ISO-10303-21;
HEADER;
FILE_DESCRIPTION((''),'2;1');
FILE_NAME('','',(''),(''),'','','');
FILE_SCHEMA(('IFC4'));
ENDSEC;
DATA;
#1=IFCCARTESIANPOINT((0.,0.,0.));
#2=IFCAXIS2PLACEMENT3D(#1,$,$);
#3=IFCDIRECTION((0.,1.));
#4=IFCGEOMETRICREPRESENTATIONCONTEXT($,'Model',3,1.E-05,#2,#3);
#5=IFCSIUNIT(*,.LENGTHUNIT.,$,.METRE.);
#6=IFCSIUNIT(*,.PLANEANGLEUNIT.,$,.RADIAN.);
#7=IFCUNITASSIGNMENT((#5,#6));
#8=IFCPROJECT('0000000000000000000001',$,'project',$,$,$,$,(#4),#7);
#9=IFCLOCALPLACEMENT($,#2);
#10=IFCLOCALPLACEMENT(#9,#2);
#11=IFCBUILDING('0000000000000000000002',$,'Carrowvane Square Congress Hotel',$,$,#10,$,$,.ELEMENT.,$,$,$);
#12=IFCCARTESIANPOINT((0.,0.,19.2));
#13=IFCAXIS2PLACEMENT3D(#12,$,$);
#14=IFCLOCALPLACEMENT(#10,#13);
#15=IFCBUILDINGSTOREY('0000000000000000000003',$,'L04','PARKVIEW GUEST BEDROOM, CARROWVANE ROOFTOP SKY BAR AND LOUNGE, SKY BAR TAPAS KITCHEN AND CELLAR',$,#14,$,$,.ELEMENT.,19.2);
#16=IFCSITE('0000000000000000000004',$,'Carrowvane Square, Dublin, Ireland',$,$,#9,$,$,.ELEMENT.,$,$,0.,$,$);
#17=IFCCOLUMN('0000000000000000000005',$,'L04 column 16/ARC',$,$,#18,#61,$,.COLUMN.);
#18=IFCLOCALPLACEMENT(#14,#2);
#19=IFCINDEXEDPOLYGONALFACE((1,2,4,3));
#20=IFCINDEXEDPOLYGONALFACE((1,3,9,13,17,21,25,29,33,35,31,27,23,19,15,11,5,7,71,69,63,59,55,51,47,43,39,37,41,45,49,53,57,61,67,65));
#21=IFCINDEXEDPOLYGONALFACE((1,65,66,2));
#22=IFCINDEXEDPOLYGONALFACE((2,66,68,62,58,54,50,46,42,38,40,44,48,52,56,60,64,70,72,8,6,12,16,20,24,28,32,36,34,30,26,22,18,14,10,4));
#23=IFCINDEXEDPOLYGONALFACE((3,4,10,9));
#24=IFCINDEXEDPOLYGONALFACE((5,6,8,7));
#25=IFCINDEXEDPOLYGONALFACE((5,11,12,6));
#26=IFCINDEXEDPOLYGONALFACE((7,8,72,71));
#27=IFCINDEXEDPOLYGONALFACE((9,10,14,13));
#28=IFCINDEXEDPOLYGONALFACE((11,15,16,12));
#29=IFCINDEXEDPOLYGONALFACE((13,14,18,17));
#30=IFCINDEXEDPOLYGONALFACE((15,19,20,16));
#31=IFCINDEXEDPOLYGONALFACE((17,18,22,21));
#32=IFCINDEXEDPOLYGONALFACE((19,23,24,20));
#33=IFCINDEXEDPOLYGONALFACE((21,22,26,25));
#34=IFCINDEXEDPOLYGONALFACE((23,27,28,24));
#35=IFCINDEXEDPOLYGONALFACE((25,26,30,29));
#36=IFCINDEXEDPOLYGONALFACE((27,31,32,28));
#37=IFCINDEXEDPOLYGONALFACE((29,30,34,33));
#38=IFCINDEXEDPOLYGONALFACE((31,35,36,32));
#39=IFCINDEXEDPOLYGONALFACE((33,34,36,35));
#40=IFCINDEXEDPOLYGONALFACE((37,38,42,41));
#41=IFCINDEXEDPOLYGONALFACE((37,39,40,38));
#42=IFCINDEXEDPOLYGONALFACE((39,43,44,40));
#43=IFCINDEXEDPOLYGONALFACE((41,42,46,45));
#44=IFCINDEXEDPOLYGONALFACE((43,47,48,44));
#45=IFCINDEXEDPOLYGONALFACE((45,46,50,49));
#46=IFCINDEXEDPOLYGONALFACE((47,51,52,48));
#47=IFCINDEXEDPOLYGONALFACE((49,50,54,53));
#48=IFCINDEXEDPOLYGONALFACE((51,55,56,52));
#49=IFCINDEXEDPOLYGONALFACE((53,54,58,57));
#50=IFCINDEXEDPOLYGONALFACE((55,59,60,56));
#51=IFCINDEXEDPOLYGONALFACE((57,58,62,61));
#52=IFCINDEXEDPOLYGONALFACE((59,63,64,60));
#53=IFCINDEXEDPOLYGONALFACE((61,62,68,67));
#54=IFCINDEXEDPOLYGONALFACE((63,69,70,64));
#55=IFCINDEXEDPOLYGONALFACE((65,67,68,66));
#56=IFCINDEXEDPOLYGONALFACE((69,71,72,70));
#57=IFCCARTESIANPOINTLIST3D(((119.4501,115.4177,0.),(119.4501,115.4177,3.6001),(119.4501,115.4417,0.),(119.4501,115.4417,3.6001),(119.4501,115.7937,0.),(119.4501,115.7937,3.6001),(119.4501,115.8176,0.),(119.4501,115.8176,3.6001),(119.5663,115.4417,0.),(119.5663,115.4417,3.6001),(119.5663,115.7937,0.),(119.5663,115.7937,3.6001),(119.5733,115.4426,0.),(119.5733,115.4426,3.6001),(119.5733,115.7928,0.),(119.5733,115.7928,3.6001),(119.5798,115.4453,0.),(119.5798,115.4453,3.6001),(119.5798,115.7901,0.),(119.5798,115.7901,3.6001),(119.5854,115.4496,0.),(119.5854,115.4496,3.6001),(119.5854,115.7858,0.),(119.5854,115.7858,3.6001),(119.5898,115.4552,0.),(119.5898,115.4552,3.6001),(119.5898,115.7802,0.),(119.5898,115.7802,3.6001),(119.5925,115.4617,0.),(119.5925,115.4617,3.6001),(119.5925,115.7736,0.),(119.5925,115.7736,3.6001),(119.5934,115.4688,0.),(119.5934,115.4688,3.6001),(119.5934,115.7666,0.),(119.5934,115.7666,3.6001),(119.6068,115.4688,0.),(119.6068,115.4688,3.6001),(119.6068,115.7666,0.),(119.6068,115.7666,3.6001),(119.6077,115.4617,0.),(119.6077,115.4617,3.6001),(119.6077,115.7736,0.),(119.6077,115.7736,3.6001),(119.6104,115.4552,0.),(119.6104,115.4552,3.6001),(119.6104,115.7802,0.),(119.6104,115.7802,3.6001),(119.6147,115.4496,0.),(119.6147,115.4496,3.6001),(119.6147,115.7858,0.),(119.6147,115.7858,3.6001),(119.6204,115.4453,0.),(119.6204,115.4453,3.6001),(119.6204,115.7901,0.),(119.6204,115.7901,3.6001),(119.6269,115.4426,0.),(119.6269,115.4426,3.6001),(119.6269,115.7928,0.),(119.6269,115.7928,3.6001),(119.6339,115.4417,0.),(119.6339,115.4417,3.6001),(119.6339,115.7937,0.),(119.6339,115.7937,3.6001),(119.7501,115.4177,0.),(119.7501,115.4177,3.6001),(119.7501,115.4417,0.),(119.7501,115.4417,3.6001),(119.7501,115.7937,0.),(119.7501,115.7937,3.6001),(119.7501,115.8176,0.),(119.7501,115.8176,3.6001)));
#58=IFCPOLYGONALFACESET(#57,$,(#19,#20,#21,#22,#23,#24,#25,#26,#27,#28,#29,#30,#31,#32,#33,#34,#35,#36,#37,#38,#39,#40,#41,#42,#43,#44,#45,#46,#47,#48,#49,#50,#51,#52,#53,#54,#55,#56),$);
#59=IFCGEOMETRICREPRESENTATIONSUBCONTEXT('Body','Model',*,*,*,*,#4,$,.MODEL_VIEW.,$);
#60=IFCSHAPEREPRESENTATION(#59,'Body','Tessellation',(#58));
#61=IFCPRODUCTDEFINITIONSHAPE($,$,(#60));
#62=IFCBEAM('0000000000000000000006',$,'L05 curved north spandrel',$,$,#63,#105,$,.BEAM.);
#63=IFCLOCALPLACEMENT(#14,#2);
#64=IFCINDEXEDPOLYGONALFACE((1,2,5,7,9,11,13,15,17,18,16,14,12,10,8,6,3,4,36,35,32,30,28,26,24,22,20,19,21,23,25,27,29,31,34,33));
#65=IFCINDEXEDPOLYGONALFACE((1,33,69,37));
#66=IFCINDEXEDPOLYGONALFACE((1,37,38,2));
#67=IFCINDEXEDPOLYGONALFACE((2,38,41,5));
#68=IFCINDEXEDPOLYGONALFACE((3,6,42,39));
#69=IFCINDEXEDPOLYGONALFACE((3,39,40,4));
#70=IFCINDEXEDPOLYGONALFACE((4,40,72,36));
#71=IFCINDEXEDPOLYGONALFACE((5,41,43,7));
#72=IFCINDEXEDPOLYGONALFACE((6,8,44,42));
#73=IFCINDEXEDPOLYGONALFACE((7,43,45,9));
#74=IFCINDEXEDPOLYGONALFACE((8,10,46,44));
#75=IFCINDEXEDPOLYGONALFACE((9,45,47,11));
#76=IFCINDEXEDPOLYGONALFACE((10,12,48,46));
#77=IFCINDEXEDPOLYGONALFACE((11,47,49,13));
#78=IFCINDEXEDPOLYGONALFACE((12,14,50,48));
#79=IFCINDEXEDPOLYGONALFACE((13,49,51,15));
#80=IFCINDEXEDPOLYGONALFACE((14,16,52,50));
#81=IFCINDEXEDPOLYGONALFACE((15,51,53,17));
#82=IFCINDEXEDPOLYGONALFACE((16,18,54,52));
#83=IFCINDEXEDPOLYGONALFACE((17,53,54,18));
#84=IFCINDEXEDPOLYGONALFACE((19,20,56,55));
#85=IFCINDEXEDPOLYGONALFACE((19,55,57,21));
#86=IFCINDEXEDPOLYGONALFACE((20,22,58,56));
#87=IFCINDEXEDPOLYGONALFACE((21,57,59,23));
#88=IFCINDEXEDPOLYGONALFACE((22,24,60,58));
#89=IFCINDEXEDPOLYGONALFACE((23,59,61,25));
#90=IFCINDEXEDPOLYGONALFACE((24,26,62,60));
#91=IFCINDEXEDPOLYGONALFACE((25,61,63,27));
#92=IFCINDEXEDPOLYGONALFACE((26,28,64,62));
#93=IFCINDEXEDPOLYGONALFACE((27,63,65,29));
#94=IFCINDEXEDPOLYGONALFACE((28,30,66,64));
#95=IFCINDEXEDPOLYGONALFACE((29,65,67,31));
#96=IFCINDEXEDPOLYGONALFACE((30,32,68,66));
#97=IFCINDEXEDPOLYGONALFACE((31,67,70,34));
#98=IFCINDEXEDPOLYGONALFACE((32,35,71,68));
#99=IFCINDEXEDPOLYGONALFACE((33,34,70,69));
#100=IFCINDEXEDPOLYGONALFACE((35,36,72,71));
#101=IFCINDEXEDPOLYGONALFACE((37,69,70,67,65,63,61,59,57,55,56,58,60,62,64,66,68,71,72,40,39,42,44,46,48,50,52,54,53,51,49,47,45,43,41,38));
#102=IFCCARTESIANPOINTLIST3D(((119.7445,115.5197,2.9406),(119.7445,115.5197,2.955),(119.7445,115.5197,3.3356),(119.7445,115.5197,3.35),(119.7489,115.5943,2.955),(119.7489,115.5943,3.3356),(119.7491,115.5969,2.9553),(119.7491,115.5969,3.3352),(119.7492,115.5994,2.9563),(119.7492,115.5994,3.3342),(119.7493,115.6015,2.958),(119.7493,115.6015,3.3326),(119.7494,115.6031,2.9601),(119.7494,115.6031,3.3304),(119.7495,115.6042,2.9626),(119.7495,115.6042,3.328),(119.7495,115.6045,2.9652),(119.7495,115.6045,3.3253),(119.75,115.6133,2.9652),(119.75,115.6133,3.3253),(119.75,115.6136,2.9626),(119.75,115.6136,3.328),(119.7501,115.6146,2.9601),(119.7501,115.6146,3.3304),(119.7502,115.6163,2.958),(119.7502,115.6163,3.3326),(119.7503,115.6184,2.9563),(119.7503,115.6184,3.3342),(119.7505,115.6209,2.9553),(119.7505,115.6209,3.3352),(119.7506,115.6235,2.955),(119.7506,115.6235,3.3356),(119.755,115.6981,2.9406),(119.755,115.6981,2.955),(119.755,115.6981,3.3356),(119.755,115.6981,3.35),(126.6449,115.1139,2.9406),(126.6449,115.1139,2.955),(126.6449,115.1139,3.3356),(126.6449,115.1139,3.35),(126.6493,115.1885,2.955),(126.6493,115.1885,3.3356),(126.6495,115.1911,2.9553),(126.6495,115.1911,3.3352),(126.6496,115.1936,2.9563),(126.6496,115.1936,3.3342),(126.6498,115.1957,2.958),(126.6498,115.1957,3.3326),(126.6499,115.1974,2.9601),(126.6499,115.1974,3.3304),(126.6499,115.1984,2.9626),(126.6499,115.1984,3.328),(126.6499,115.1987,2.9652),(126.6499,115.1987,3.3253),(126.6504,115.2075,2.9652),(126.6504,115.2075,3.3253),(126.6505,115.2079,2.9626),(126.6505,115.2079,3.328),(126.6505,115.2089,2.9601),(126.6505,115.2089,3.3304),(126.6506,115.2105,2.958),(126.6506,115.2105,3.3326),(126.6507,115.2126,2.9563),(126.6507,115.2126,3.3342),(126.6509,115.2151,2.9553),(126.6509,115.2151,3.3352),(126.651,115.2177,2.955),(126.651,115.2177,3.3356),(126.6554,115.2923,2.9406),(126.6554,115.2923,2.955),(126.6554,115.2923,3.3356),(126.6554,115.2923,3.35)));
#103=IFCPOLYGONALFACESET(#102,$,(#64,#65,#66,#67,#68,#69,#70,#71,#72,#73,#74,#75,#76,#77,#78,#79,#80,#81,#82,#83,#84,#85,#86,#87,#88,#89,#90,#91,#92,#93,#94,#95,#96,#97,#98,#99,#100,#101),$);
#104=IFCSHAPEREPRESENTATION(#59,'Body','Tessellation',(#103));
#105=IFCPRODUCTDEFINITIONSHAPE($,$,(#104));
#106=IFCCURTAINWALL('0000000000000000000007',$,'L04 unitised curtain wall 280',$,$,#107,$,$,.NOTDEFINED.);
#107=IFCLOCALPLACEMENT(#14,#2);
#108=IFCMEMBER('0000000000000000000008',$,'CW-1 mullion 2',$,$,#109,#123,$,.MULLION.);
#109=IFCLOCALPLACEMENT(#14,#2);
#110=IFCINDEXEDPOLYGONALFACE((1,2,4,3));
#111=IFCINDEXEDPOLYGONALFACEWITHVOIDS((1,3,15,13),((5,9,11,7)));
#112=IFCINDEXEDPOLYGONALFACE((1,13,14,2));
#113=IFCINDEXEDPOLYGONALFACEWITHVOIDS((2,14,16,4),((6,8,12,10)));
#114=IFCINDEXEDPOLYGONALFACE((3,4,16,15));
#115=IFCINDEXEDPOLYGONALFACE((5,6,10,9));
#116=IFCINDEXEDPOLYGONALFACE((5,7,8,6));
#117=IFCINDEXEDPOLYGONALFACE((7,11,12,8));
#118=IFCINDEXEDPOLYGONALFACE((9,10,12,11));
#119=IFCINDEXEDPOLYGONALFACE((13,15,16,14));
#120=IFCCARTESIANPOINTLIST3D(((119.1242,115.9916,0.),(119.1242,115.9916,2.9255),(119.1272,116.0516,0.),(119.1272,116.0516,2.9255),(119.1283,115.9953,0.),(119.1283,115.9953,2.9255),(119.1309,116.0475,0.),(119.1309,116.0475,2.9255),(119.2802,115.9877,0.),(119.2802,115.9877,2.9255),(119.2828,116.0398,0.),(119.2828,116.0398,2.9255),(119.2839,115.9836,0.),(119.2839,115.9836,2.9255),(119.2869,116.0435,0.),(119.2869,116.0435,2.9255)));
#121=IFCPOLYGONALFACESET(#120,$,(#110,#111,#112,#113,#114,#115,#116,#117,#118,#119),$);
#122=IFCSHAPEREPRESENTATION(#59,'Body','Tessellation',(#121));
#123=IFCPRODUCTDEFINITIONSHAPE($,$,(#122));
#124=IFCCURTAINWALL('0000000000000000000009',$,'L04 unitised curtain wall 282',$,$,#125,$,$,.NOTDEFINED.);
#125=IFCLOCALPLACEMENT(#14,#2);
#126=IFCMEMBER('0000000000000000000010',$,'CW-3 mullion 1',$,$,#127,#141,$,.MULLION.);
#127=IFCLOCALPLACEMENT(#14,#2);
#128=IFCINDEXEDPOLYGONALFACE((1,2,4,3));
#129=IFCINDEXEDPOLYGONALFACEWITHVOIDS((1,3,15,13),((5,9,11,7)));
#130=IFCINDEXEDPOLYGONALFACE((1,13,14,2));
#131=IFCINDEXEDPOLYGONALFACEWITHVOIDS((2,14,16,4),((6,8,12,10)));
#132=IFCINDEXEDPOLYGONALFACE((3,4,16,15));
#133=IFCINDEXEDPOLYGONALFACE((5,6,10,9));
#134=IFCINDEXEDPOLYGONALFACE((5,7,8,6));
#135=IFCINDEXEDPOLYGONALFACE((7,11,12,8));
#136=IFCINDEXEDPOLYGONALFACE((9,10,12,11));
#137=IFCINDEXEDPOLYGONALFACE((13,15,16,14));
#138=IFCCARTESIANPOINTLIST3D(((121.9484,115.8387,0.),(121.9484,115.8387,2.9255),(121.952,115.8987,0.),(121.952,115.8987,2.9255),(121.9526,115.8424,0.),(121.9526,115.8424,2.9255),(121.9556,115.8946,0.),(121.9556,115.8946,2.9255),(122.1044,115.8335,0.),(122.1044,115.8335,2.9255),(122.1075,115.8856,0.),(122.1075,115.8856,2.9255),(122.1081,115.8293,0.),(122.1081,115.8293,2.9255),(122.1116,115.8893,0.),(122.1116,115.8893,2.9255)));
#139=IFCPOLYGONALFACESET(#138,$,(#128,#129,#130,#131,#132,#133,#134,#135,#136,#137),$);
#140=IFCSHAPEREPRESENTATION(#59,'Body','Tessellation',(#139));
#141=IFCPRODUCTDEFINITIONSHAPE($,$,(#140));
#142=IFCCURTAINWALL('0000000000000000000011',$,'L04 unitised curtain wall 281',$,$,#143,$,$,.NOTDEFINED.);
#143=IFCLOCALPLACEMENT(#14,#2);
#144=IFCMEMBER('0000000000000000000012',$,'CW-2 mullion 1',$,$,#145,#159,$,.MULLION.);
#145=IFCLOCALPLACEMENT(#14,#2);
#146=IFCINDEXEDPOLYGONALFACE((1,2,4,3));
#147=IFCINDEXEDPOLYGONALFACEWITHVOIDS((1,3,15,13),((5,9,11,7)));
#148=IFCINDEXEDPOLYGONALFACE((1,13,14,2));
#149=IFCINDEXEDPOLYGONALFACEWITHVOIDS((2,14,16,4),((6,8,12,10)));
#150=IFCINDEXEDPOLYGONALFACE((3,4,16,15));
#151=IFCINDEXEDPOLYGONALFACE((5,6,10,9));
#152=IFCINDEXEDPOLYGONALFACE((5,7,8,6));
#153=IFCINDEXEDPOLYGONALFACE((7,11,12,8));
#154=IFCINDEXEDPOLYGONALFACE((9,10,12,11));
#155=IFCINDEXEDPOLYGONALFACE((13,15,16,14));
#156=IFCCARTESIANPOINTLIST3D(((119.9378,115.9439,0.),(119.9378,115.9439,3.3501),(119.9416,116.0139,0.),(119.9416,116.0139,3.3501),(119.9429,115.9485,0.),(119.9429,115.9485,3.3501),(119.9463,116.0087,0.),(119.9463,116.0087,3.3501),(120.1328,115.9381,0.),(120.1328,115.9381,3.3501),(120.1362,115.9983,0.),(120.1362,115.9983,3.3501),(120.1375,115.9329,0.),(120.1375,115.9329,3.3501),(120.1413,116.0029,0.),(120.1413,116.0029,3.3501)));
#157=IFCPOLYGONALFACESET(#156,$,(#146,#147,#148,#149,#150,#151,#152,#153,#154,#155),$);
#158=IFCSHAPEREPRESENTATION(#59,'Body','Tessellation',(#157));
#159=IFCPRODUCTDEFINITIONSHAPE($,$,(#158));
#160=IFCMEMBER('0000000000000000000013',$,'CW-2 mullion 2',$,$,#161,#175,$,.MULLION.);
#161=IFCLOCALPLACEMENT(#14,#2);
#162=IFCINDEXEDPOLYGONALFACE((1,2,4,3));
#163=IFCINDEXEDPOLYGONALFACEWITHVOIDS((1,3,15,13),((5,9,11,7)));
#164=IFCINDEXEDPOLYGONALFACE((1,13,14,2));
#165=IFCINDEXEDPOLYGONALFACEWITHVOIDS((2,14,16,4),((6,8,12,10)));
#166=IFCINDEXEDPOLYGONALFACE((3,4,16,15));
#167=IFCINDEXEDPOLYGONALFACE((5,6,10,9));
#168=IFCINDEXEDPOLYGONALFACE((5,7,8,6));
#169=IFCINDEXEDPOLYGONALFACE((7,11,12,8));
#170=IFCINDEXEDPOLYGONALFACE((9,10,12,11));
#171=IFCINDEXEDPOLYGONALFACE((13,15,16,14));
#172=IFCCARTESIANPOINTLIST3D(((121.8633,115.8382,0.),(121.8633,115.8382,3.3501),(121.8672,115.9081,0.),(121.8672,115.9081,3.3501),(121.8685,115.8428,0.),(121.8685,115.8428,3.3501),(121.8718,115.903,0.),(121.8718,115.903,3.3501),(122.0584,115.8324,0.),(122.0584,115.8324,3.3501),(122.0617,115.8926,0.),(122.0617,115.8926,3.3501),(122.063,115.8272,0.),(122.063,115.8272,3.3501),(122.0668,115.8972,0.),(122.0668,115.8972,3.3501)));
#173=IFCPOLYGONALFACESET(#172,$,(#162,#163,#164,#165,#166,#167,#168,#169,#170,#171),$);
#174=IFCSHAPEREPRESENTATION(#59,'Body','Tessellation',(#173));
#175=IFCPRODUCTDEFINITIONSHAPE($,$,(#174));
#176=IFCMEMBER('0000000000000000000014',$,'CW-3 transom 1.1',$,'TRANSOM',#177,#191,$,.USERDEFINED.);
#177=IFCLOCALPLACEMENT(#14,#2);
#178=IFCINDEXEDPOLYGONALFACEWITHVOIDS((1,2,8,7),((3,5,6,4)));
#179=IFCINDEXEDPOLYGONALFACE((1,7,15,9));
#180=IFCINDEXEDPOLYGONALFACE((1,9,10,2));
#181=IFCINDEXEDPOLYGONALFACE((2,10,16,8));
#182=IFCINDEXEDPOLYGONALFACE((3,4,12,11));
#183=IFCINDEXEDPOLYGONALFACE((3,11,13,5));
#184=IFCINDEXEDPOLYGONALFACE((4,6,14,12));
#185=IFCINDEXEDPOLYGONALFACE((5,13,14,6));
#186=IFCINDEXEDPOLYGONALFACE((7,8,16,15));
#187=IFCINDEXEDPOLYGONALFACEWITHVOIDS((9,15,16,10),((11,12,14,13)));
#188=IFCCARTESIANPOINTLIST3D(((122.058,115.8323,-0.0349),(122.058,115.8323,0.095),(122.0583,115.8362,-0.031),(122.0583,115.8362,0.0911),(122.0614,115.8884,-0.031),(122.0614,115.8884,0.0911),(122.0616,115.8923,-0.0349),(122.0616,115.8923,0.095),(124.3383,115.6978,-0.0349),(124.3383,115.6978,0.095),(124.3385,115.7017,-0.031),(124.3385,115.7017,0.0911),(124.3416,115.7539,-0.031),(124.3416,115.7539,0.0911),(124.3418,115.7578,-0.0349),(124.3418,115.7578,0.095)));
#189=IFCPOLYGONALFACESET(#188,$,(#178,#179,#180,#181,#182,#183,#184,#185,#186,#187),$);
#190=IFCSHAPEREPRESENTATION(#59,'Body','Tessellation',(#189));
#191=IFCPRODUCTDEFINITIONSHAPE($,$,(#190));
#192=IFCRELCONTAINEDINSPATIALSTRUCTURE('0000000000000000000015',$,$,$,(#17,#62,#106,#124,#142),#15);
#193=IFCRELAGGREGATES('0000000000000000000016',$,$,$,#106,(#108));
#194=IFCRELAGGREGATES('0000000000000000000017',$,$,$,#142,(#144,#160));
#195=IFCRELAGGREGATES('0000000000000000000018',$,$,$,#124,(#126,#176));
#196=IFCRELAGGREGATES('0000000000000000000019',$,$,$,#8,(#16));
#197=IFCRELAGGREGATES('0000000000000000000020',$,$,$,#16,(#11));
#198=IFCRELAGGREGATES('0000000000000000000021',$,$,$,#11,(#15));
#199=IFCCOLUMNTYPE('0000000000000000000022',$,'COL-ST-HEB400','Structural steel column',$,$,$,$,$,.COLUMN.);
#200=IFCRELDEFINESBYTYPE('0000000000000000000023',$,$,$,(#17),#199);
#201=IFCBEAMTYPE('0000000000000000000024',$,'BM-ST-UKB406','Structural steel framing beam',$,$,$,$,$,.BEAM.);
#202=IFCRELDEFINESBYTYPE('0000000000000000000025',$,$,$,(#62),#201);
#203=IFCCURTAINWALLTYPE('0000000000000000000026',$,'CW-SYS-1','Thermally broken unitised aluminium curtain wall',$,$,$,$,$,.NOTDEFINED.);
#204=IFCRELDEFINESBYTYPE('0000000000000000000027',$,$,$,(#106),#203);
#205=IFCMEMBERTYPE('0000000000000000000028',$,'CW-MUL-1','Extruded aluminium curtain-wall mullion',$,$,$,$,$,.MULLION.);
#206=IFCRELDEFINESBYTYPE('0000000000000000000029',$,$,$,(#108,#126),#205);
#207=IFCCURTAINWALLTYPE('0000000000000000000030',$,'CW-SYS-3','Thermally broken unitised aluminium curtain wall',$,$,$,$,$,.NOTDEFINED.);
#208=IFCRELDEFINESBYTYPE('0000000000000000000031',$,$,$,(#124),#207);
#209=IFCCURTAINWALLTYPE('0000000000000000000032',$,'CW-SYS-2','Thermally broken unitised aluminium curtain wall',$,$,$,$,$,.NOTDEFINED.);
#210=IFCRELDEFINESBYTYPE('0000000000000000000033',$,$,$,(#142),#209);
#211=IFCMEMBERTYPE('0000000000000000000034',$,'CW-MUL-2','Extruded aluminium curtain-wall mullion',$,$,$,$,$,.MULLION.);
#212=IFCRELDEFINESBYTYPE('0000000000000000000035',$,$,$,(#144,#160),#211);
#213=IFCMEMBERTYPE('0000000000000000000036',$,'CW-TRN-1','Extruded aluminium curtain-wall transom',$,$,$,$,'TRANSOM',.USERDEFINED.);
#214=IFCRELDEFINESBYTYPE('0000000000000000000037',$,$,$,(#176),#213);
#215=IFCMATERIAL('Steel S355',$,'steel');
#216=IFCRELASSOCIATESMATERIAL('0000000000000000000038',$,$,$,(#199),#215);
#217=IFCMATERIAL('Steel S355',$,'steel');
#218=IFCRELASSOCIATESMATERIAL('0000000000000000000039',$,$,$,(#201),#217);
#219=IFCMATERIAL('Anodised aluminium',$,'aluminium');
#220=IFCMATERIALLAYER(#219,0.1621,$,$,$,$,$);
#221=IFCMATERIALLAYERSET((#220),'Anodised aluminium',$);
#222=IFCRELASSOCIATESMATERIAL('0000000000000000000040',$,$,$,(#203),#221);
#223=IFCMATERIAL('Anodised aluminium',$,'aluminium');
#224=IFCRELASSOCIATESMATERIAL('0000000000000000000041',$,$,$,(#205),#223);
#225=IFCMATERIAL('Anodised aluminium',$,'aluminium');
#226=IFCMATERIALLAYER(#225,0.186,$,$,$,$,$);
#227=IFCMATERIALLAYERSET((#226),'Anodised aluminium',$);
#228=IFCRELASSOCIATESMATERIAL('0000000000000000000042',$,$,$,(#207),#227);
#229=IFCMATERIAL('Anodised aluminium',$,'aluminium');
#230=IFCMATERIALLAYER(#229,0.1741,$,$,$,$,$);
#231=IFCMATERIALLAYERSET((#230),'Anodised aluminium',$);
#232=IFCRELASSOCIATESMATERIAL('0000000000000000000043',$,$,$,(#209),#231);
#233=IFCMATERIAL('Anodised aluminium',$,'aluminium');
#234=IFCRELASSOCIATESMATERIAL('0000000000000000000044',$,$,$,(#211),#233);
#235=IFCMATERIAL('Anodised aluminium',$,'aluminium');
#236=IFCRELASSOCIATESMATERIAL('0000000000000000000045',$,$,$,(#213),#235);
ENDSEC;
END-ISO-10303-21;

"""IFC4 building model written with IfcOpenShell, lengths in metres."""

from ifc_helpers import new_model, si_unit, direction, frame, origin, origin_2d, place, context, subcontext, project, spatial, hollow_rectangle, i_section, extrude, material, layer, layer_set, material_profile, profile_set, type_object, element, aggregate, save


model = new_model("IFC4")

# Units and contexts
model_context = context("Model", 3, precision=1e-05, world=origin(), true_north=direction((0.0, 1.0)))
body_context = subcontext(model_context, "Body", "Model", "MODEL_VIEW")
ifc_project = project(units=[si_unit("LENGTHUNIT", "METRE"), si_unit("PLANEANGLEUNIT", "RADIAN")], contexts=[model_context])

# Site, building, storey
site_placement = place(None, origin())
site = spatial("IfcSite", under=ifc_project, at=site_placement, Name="Carrowvane Square, Dublin, Ireland", CompositionType="ELEMENT", RefElevation=0.0)
building_placement = place(site_placement, origin())
building = spatial("IfcBuilding", under=site, at=building_placement, Name="Carrowvane Square Congress Hotel", CompositionType="ELEMENT")
storey_placement = place(building_placement, frame((0.0, 0.0, 19.2)))
storey = spatial("IfcBuildingStorey", under=building, at=storey_placement, Name="L04", Description="PARKVIEW GUEST BEDROOM, CARROWVANE ROOFTOP SKY BAR AND LOUNGE, SKY BAR TAPAS KITCHEN AND CELLAR", CompositionType="ELEMENT", Elevation=19.2)

# Column
ifc_material_1 = material(Name="Steel S355", Category="steel")
ifc_material_profile_1 = material_profile(ifc_material_1, i_section(OverallWidth=0.3, OverallDepth=0.3999, WebThickness=0.0134, FlangeThickness=0.0239, FilletRadius=0.0271, at=origin_2d()), Name="HEB 400")
ifc_profile_set_1 = profile_set([ifc_material_profile_1], Name="Steel S355")
column_type = type_object("IfcColumnType", Name="COL-ST-HEB400", Description="Structural steel column", PredefinedType="COLUMN", material=ifc_profile_set_1)
column_placement = place(storey_placement, frame((119.6001, 115.6177, 0.0), z_axis=(0.0, 0.0, 1.0), x_axis=(1.0, 0.0, 0.0)))
element("IfcColumn", 1, at=column_placement, inside=storey, type_object=column_type, Name="L04 column 16/ARC", PredefinedType="COLUMN", context=body_context, shape_type="SweptSolid", body=[
    extrude(i_section(OverallWidth=0.3, OverallDepth=0.3999, WebThickness=0.0134, FlangeThickness=0.0239, FilletRadius=0.0271, at=origin_2d()), origin(), (0.0, 0.0, 1.0), 3.6001),
])

# Beam
ifc_material_2 = material(Name="Steel S355", Category="steel")
ifc_material_profile_2 = material_profile(ifc_material_2, i_section(OverallWidth=0.1787, OverallDepth=0.4094, WebThickness=0.0088, FlangeThickness=0.0144, FilletRadius=0.0103, at=origin_2d()), Name="UKB 406x178x67")
ifc_profile_set_2 = profile_set([ifc_material_profile_2], Name="Steel S355")
beam_type = type_object("IfcBeamType", Name="BM-ST-UKB406", Description="Structural steel framing beam", PredefinedType="BEAM", material=ifc_profile_set_2)
beam_placement = place(storey_placement, frame((119.7498, 115.6089, 3.1453), z_axis=(0.998276, -0.058701, 0.0), x_axis=(0.058701, 0.998276, 0.0)))
element("IfcBeam", 2, at=beam_placement, inside=storey, type_object=beam_type, Name="L05 curved north spandrel", PredefinedType="BEAM", context=body_context, shape_type="SweptSolid", body=[
    extrude(i_section(OverallWidth=0.1787, OverallDepth=0.4094, WebThickness=0.0088, FlangeThickness=0.0144, FilletRadius=0.0103, at=origin_2d()), origin(), (0.0, 0.0, 1.0), 6.9124),
])

# Curtain walls, members
ifc_material_3 = material(Name="Anodised aluminium", Category="aluminium")
ifc_layer_1 = layer(ifc_material_3, 0.1621)
ifc_layer_set_1 = layer_set([ifc_layer_1], Name="Anodised aluminium")
curtain_wall_type_1 = type_object("IfcCurtainWallType", Name="CW-SYS-1", Description="Thermally broken unitised aluminium curtain wall", PredefinedType="NOTDEFINED", material=ifc_layer_set_1)
curtain_wall_1_placement = place(storey_placement, origin())
curtain_wall_1 = element("IfcCurtainWall", 3, at=curtain_wall_1_placement, inside=storey, type_object=curtain_wall_type_1, Name="L04 unitised curtain wall 280", PredefinedType="NOTDEFINED")
ifc_material_4 = material(Name="Anodised aluminium", Category="aluminium")
ifc_material_profile_3 = material_profile(ifc_material_4, hollow_rectangle(XDim=0.0601, YDim=0.1599, WallThickness=0.0039, at=origin_2d()), Name="CW-ML 60x160x4")
ifc_profile_set_3 = profile_set([ifc_material_profile_3], Name="Anodised aluminium")
member_type_1 = type_object("IfcMemberType", Name="CW-MUL-1", Description="Extruded aluminium curtain-wall mullion", PredefinedType="MULLION", material=ifc_profile_set_3)
member_1_placement = place(storey_placement, frame((119.2056, 116.0176, 0.0), z_axis=(0.0, 0.0, 1.0), x_axis=(0.050324, 0.998733, 0.0)))
member_1 = element("IfcMember", 4, at=member_1_placement, type_object=member_type_1, Name="CW-1 mullion 2", PredefinedType="MULLION", context=body_context, shape_type="SweptSolid", body=[
    extrude(hollow_rectangle(XDim=0.0601, YDim=0.1599, WallThickness=0.0039, at=origin_2d()), origin(), (0.0, 0.0, 1.0), 2.9255),
])
ifc_material_5 = material(Name="Anodised aluminium", Category="aluminium")
ifc_layer_2 = layer(ifc_material_5, 0.186)
ifc_layer_set_2 = layer_set([ifc_layer_2], Name="Anodised aluminium")
curtain_wall_type_2 = type_object("IfcCurtainWallType", Name="CW-SYS-3", Description="Thermally broken unitised aluminium curtain wall", PredefinedType="NOTDEFINED", material=ifc_layer_set_2)
curtain_wall_2_placement = place(storey_placement, origin())
curtain_wall_2 = element("IfcCurtainWall", 5, at=curtain_wall_2_placement, inside=storey, type_object=curtain_wall_type_2, Name="L04 unitised curtain wall 282", PredefinedType="NOTDEFINED")
member_2_placement = place(storey_placement, frame((122.03, 115.864, 0.0), z_axis=(0.0, 0.0, 1.0), x_axis=(0.058851, 0.998267, 0.0)))
member_2 = element("IfcMember", 6, at=member_2_placement, type_object=member_type_1, Name="CW-3 mullion 1", PredefinedType="MULLION", context=body_context, shape_type="SweptSolid", body=[
    extrude(hollow_rectangle(XDim=0.0601, YDim=0.1599, WallThickness=0.0039, at=origin_2d()), origin(), (0.0, 0.0, 1.0), 2.9255),
])

# Curtain wall, members
ifc_material_6 = material(Name="Anodised aluminium", Category="aluminium")
ifc_layer_3 = layer(ifc_material_6, 0.1741)
ifc_layer_set_3 = layer_set([ifc_layer_3], Name="Anodised aluminium")
curtain_wall_type_3 = type_object("IfcCurtainWallType", Name="CW-SYS-2", Description="Thermally broken unitised aluminium curtain wall", PredefinedType="NOTDEFINED", material=ifc_layer_set_3)
curtain_wall_3_placement = place(storey_placement, origin())
curtain_wall_3 = element("IfcCurtainWall", 7, at=curtain_wall_3_placement, inside=storey, type_object=curtain_wall_type_3, Name="L04 unitised curtain wall 281", PredefinedType="NOTDEFINED")
ifc_material_7 = material(Name="Anodised aluminium", Category="aluminium")
ifc_material_profile_4 = material_profile(ifc_material_7, hollow_rectangle(XDim=0.0701, YDim=0.2, WallThickness=0.0049, at=origin_2d()), Name="CW-ML 70x200x5")
ifc_profile_set_4 = profile_set([ifc_material_profile_4], Name="Anodised aluminium")
member_type_2 = type_object("IfcMemberType", Name="CW-MUL-2", Description="Extruded aluminium curtain-wall mullion", PredefinedType="MULLION", material=ifc_profile_set_4)
member_3_placement = place(storey_placement, frame((120.0396, 115.9734, 0.0), z_axis=(0.0, 0.0, 1.0), x_axis=(0.054816, 0.998496, 0.0)))
member_3 = element("IfcMember", 8, at=member_3_placement, type_object=member_type_2, Name="CW-2 mullion 1", PredefinedType="MULLION", context=body_context, shape_type="SweptSolid", body=[
    extrude(hollow_rectangle(XDim=0.0701, YDim=0.2, WallThickness=0.0049, at=origin_2d()), origin(), (0.0, 0.0, 1.0), 3.3501),
])
member_4_placement = place(storey_placement, frame((121.9651, 115.8677, 0.0), z_axis=(0.0, 0.0, 1.0), x_axis=(0.054816, 0.998496, 0.0)))
member_4 = element("IfcMember", 9, at=member_4_placement, type_object=member_type_2, Name="CW-2 mullion 2", PredefinedType="MULLION", context=body_context, shape_type="SweptSolid", body=[
    extrude(hollow_rectangle(XDim=0.0701, YDim=0.2, WallThickness=0.0049, at=origin_2d()), origin(), (0.0, 0.0, 1.0), 3.3501),
])

# Member
ifc_material_8 = material(Name="Anodised aluminium", Category="aluminium")
ifc_material_profile_5 = material_profile(ifc_material_8, hollow_rectangle(XDim=0.0601, YDim=0.1299, WallThickness=0.0039, at=origin_2d()), Name="CW-TR 60x130x4")
ifc_profile_set_5 = profile_set([ifc_material_profile_5], Name="Anodised aluminium")
member_type_3 = type_object("IfcMemberType", Name="CW-TRN-1", Description="Extruded aluminium curtain-wall transom", ElementType="TRANSOM", PredefinedType="USERDEFINED", material=ifc_profile_set_5)
member_5_placement = place(storey_placement, frame((122.0598, 115.8623, 0.03), z_axis=(0.998264, -0.058891, 0.0), x_axis=(0.058891, 0.998264, 0.0)))
member_5 = element("IfcMember", 10, at=member_5_placement, type_object=member_type_3, Name="CW-3 transom 1.1", ObjectType="TRANSOM", PredefinedType="USERDEFINED", context=body_context, shape_type="SweptSolid", body=[
    extrude(hollow_rectangle(XDim=0.0601, YDim=0.1299, WallThickness=0.0039, at=origin_2d()), origin(), (0.0, 0.0, 1.0), 2.2842),
])

aggregate(curtain_wall_1, [member_1])
aggregate(curtain_wall_3, [member_3, member_4])
aggregate(curtain_wall_2, [member_2, member_5])

save(model, "model.ifc")
